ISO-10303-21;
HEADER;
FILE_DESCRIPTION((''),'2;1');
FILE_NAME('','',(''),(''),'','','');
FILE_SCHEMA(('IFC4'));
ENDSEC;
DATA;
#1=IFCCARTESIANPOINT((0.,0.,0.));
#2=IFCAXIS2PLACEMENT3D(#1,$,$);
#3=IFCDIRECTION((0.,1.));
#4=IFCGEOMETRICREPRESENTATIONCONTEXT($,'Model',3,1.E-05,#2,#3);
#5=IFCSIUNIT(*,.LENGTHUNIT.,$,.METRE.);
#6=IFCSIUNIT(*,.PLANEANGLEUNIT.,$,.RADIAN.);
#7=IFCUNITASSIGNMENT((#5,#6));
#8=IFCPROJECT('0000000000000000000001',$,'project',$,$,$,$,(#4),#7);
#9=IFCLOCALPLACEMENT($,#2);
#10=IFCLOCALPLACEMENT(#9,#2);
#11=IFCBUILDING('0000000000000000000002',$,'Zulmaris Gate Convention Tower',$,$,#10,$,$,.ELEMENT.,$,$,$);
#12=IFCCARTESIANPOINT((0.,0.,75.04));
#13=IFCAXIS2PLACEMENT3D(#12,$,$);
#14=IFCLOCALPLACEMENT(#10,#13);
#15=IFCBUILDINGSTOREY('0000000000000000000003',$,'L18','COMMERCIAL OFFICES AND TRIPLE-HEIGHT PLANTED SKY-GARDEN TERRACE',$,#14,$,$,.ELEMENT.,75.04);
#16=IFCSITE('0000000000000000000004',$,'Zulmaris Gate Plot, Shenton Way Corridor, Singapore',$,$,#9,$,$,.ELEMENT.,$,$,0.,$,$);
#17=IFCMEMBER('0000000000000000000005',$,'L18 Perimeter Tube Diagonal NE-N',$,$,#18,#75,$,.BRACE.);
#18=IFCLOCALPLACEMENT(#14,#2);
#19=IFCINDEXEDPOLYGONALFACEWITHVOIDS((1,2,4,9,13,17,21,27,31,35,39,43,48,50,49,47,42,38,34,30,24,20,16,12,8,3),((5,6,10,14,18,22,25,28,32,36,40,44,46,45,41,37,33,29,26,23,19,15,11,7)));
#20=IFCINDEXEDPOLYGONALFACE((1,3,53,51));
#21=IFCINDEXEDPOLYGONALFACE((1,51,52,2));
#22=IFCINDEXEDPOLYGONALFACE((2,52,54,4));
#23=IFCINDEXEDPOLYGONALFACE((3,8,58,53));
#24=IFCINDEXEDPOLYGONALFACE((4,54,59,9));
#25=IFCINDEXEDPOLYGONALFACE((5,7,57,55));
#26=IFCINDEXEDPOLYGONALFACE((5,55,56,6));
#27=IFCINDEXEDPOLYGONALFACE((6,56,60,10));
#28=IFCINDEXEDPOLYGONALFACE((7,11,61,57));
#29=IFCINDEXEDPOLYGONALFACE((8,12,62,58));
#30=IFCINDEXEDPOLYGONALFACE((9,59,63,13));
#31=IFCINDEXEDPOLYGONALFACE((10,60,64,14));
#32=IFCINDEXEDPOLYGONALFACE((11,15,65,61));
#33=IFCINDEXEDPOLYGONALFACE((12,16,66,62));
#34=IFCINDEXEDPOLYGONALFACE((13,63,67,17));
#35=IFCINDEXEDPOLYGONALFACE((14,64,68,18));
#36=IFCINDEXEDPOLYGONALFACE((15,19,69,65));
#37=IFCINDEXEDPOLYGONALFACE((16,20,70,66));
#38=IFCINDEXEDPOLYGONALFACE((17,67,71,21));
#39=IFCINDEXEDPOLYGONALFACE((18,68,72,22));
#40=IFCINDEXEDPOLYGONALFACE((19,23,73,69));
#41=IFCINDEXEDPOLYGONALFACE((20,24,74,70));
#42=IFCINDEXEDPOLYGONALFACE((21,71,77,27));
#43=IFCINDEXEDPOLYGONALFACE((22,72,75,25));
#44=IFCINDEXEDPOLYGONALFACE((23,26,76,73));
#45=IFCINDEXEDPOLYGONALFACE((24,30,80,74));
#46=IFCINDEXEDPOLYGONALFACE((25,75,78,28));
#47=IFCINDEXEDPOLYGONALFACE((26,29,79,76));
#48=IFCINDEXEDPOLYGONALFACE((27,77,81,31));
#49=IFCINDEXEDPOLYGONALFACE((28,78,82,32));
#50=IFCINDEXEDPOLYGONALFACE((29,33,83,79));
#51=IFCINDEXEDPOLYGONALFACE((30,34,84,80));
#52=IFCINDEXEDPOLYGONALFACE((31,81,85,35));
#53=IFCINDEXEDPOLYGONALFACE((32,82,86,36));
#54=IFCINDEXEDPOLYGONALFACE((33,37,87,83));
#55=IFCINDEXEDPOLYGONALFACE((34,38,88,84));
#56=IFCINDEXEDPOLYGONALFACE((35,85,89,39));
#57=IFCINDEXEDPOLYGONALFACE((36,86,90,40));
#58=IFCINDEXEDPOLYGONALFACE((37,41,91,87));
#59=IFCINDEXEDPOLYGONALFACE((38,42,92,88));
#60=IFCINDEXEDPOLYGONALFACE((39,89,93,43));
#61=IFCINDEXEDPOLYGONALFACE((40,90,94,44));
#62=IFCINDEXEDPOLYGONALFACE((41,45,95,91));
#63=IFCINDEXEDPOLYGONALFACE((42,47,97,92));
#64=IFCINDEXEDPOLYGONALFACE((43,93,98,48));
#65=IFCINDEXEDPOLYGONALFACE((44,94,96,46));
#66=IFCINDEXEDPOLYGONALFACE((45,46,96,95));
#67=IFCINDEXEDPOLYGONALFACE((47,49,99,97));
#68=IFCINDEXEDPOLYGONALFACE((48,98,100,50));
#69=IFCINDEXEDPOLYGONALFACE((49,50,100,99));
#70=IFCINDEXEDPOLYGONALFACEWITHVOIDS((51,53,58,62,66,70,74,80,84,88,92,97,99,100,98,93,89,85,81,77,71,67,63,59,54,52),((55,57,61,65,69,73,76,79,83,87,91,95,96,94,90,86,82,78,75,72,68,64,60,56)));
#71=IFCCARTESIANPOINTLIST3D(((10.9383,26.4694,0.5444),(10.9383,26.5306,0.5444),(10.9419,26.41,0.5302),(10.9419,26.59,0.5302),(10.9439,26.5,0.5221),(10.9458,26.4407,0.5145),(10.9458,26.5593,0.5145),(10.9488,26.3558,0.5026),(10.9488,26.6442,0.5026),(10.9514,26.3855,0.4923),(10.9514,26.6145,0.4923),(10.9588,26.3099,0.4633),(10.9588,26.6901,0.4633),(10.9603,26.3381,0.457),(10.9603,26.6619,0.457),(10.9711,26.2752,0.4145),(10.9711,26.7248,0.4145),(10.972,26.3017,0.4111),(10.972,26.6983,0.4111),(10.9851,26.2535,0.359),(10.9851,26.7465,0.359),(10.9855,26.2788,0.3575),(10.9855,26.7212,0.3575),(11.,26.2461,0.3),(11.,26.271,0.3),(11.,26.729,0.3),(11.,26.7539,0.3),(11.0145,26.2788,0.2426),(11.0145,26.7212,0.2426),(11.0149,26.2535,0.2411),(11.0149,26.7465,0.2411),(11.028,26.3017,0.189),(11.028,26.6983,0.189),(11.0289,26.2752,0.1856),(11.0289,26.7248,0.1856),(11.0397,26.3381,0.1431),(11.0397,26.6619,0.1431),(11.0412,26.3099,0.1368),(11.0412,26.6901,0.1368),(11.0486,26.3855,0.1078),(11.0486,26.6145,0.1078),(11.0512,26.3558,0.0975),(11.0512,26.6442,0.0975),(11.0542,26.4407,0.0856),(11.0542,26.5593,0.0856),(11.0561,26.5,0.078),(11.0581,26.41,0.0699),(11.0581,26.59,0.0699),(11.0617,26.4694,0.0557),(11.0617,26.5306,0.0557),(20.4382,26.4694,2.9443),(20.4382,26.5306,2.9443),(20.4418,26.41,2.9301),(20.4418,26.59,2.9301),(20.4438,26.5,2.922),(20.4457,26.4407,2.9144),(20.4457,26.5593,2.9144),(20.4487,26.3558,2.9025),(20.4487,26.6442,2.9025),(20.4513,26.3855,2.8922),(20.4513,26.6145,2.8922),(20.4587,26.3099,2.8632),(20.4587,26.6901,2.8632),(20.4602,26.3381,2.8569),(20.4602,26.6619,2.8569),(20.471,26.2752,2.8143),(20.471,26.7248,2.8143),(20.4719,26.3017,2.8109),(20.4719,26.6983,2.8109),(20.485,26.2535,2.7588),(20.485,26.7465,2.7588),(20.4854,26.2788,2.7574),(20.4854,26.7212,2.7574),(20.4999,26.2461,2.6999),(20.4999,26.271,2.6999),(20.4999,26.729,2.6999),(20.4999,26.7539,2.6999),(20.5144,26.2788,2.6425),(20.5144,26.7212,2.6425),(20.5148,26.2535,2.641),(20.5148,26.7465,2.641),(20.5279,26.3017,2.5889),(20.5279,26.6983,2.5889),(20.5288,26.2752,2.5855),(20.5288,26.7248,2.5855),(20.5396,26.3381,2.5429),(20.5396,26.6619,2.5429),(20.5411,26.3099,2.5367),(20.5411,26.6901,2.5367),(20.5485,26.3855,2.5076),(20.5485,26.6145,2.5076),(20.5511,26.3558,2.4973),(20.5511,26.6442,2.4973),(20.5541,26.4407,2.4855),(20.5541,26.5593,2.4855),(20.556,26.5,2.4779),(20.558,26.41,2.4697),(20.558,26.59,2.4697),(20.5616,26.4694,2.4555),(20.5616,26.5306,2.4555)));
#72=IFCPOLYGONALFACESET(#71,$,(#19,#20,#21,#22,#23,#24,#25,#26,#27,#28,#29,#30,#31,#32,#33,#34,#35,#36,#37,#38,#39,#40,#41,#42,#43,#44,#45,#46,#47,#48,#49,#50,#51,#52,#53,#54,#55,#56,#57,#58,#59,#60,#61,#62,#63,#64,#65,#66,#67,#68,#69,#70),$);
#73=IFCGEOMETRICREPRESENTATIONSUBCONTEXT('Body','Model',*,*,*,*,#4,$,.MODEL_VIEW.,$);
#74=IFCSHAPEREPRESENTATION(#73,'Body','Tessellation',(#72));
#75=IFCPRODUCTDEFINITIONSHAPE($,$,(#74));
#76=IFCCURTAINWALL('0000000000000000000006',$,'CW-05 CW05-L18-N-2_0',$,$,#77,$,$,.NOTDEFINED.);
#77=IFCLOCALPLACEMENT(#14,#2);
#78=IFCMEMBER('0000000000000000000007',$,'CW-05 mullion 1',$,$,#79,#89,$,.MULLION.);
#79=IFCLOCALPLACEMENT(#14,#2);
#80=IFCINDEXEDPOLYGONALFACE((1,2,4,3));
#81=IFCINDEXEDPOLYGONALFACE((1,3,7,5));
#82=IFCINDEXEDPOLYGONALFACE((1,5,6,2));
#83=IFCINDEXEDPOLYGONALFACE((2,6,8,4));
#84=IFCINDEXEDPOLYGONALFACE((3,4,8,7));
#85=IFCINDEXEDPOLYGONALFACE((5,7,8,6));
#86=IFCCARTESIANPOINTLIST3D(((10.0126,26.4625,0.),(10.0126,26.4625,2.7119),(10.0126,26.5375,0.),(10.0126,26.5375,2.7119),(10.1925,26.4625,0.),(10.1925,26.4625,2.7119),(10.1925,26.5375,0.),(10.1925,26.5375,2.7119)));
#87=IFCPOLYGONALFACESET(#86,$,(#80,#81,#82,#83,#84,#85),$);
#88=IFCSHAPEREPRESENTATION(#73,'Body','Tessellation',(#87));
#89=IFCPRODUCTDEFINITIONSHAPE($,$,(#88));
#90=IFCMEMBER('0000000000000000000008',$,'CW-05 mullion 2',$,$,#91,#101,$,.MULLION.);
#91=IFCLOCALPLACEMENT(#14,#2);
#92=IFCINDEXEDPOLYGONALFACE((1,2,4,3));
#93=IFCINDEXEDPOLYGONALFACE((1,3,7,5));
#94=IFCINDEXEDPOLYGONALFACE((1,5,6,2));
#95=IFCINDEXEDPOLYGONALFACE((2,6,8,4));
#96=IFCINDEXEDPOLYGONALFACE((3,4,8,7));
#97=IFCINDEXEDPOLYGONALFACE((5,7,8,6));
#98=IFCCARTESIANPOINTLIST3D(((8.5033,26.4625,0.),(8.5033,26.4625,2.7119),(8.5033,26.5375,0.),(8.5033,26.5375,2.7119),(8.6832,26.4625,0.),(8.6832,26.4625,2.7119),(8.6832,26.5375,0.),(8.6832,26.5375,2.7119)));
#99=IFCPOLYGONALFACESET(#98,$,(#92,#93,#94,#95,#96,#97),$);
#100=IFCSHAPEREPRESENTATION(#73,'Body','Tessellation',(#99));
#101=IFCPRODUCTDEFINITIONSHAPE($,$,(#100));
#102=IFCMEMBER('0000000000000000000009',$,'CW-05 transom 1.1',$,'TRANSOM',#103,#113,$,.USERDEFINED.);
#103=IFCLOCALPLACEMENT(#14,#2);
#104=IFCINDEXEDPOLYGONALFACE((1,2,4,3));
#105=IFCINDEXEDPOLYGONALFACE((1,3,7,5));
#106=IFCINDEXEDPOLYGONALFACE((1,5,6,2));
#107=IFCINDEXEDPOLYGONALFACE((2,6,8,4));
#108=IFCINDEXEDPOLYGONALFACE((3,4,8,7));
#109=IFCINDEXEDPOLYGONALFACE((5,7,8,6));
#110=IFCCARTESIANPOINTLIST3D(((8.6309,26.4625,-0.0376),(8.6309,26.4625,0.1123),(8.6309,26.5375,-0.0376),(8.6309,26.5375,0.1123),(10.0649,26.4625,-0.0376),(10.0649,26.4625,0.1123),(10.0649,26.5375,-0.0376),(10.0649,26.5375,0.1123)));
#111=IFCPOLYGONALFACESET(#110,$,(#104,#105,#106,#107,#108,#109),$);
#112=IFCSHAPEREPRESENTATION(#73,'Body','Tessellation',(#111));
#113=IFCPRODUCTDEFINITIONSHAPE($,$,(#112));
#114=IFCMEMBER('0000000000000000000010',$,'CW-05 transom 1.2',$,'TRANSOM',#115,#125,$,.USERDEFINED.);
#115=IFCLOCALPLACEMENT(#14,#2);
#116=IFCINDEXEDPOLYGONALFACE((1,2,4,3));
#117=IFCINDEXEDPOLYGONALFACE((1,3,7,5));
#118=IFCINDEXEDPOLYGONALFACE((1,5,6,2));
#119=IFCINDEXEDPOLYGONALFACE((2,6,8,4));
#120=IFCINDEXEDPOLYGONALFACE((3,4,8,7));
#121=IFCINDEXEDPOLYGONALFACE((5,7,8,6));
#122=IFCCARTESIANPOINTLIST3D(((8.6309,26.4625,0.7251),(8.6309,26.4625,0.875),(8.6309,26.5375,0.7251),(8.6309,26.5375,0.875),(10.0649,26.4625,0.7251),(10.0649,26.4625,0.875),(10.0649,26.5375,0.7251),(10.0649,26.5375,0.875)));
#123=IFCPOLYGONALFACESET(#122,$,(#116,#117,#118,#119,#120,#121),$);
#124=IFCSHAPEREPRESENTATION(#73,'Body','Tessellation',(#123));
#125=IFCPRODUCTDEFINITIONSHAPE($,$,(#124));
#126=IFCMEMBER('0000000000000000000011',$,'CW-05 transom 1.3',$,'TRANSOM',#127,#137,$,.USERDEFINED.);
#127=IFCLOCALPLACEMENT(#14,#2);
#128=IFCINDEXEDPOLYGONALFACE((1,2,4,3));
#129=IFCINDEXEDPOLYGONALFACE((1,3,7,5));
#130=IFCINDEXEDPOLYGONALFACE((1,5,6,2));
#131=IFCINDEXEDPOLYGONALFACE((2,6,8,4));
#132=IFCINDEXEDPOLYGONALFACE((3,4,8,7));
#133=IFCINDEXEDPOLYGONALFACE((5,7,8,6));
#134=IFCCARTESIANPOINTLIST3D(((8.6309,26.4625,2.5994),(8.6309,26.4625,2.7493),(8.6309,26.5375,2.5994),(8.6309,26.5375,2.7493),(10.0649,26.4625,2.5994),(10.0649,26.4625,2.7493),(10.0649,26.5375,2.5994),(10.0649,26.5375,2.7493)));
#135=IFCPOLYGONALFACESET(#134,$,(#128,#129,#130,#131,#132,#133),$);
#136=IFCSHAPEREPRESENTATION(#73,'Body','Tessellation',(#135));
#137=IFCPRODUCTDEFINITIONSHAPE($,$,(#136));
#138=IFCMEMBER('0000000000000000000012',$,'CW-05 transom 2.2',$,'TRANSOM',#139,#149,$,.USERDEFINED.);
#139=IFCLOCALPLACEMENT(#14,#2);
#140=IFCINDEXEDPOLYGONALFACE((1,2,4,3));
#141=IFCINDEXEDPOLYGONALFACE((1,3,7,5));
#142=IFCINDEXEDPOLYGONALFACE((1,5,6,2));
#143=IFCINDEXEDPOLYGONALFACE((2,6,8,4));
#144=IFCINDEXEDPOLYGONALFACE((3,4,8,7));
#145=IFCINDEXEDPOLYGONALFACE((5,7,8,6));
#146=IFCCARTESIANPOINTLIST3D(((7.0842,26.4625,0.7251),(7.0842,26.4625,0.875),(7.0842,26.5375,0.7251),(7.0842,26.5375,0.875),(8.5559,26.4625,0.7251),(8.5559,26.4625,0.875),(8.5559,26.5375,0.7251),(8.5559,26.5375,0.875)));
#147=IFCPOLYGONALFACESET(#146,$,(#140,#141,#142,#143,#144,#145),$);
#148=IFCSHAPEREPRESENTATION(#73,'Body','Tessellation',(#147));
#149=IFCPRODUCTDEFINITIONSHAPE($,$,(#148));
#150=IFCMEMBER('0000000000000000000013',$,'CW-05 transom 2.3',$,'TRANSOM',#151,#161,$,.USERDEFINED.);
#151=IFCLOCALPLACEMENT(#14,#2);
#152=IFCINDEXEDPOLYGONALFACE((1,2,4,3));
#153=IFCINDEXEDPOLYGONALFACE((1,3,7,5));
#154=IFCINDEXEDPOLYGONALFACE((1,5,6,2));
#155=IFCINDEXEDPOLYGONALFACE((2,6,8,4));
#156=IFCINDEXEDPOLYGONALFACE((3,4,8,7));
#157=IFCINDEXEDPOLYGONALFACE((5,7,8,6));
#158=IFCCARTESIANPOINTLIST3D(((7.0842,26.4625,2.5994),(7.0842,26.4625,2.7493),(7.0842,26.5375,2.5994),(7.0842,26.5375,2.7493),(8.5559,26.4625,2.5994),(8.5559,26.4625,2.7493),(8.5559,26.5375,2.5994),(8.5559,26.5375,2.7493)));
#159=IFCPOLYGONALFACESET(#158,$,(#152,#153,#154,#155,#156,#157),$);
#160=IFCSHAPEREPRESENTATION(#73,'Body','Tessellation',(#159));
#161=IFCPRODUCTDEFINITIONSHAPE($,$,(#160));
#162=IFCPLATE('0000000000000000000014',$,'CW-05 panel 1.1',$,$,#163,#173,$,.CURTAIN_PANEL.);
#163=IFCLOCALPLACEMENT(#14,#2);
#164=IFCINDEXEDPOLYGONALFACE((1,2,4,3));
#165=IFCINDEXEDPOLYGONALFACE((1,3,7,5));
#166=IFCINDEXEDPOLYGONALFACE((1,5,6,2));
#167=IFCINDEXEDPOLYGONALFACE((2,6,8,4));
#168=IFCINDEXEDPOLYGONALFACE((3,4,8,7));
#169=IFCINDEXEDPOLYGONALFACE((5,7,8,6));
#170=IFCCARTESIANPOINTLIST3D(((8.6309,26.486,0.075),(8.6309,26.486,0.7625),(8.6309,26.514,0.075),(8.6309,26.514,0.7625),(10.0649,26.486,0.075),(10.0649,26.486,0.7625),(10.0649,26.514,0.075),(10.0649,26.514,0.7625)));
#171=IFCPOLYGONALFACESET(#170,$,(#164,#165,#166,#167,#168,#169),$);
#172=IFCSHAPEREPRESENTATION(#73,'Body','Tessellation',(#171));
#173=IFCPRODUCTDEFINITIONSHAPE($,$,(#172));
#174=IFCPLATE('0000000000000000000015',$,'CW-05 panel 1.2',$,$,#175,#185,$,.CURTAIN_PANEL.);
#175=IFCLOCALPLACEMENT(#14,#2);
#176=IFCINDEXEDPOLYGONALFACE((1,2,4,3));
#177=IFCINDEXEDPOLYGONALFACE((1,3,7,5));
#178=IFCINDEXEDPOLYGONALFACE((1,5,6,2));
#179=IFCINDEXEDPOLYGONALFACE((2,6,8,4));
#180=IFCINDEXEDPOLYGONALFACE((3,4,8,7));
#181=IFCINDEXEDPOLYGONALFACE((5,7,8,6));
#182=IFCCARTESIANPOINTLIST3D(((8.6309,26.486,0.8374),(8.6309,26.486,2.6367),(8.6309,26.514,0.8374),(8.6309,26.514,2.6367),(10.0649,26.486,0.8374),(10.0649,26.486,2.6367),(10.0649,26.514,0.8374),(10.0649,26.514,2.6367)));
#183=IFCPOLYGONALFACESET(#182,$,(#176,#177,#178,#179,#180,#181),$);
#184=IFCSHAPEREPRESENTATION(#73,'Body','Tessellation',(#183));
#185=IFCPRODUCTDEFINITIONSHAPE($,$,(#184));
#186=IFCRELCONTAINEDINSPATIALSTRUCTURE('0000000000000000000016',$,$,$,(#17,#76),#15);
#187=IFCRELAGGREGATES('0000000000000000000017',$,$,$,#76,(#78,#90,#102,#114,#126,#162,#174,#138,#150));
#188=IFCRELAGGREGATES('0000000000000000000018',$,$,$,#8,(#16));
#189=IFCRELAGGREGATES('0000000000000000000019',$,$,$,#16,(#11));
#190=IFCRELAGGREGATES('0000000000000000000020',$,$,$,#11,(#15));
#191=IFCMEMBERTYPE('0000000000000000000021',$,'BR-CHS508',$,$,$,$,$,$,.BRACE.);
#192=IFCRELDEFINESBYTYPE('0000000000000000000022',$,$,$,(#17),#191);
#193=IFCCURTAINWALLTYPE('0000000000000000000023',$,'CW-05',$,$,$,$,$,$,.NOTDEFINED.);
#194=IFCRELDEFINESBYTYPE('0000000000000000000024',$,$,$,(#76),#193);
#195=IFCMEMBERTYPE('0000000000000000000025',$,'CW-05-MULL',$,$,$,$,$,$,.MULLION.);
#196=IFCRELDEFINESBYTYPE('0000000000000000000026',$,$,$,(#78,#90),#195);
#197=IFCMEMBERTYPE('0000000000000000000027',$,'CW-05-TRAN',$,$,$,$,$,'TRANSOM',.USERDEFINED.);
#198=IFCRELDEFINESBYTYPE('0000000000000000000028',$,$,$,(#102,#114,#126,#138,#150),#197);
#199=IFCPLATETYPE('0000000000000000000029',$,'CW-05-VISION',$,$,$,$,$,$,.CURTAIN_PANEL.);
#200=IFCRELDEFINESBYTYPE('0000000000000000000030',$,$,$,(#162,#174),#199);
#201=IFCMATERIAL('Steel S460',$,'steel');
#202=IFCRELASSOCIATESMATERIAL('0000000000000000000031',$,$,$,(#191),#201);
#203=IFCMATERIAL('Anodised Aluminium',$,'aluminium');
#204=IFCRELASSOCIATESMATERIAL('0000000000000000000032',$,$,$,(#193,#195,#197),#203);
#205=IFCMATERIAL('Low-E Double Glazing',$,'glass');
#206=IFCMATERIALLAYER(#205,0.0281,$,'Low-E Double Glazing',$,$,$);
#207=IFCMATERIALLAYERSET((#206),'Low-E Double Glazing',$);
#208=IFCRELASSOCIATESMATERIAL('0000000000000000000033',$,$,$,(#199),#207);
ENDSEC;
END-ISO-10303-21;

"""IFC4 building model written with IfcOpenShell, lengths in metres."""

from ifc_helpers import new_model, si_unit, direction, frame, origin, origin_2d, place, context, subcontext, project, spatial, rectangle, hollow_circle, extrude, material, layer, layer_set, material_profile, profile_set, type_object, element, aggregate, save


model = new_model("IFC4")

# Units and contexts
model_context = context("Model", 3, precision=1e-05, world=origin(), true_north=direction((0.0, 1.0)))
body_context = subcontext(model_context, "Body", "Model", "MODEL_VIEW")
ifc_project = project(units=[si_unit("LENGTHUNIT", "METRE"), si_unit("PLANEANGLEUNIT", "RADIAN")], contexts=[model_context])

# Site, building, storey
site_placement = place(None, origin())
site = spatial("IfcSite", under=ifc_project, at=site_placement, Name="Zulmaris Gate Plot, Shenton Way Corridor, Singapore", CompositionType="ELEMENT", RefElevation=0.0)
building_placement = place(site_placement, origin())
building = spatial("IfcBuilding", under=site, at=building_placement, Name="Zulmaris Gate Convention Tower", CompositionType="ELEMENT")
storey_placement = place(building_placement, frame((0.0, 0.0, 75.04)))
storey = spatial("IfcBuildingStorey", under=building, at=storey_placement, Name="L18", Description="COMMERCIAL OFFICES AND TRIPLE-HEIGHT PLANTED SKY-GARDEN TERRACE", CompositionType="ELEMENT", Elevation=75.04)

# Member
ifc_material_1 = material(Name="Steel S460", Category="steel")
ifc_material_profile_1 = material_profile(ifc_material_1, hollow_circle(Radius=0.2539, WallThickness=0.0249, at=origin_2d()), Name="CHS 508x25")
ifc_profile_set_1 = profile_set([ifc_material_profile_1], Name="Steel S460")
member_type_1 = type_object("IfcMemberType", Name="BR-CHS508", PredefinedType="BRACE", material=ifc_profile_set_1)
member_1_placement = place(storey_placement, frame((11.0, 26.5, 0.3), z_axis=(0.969542, 0.0, 0.244927), x_axis=(0.0, 1.0, 0.0)))
element("IfcMember", 1, at=member_1_placement, inside=storey, type_object=member_type_1, Name="L18 Perimeter Tube Diagonal NE-N", PredefinedType="BRACE", context=body_context, shape_type="SweptSolid", body=[
    extrude(hollow_circle(Radius=0.2539, WallThickness=0.0249, at=origin_2d()), origin(), (0.0, 0.0, 1.0), 9.7983),
])

# Curtain wall, members, plates
ifc_material_2 = material(Name="Anodised Aluminium", Category="aluminium")
curtain_wall_type = type_object("IfcCurtainWallType", Name="CW-05", PredefinedType="NOTDEFINED", material=ifc_material_2)
curtain_wall_placement = place(storey_placement, origin())
curtain_wall = element("IfcCurtainWall", 2, at=curtain_wall_placement, inside=storey, type_object=curtain_wall_type, Name="CW-05 CW05-L18-N-2_0", PredefinedType="NOTDEFINED")
ifc_material_profile_2 = material_profile(ifc_material_2, rectangle(XDim=0.075, YDim=0.1799, at=origin_2d()), Name="ALU MULLION 75x180")
ifc_profile_set_2 = profile_set([ifc_material_profile_2], Name="Anodised Aluminium")
member_type_2 = type_object("IfcMemberType", Name="CW-05-MULL", PredefinedType="MULLION", material=ifc_profile_set_2)
member_2_placement = place(storey_placement, frame((10.1025, 26.5, 0.0), z_axis=(0.0, 0.0, 1.0), x_axis=(0.0, -1.0, 0.0)))
member_2 = element("IfcMember", 3, at=member_2_placement, type_object=member_type_2, Name="CW-05 mullion 1", PredefinedType="MULLION", context=body_context, shape_type="SweptSolid", body=[
    extrude(rectangle(XDim=0.075, YDim=0.1799, at=origin_2d()), origin(), (0.0, 0.0, 1.0), 2.7119),
])
member_3_placement = place(storey_placement, frame((8.5933, 26.5, 0.0), z_axis=(0.0, 0.0, 1.0), x_axis=(0.0, -1.0, 0.0)))
member_3 = element("IfcMember", 4, at=member_3_placement, type_object=member_type_2, Name="CW-05 mullion 2", PredefinedType="MULLION", context=body_context, shape_type="SweptSolid", body=[
    extrude(rectangle(XDim=0.075, YDim=0.1799, at=origin_2d()), origin(), (0.0, 0.0, 1.0), 2.7119),
])
ifc_material_profile_3 = material_profile(ifc_material_2, rectangle(XDim=0.075, YDim=0.1499, at=origin_2d()), Name="ALU TRANSOM 75x150")
ifc_profile_set_3 = profile_set([ifc_material_profile_3], Name="Anodised Aluminium")
member_type_3 = type_object("IfcMemberType", Name="CW-05-TRAN", ElementType="TRANSOM", PredefinedType="USERDEFINED", material=ifc_profile_set_3)
member_4_placement = place(storey_placement, frame((10.0649, 26.5, 0.0374), z_axis=(-1.0, 0.0, 0.0), x_axis=(0.0, -1.0, 0.0)))
member_4 = element("IfcMember", 5, at=member_4_placement, type_object=member_type_3, Name="CW-05 transom 1.1", ObjectType="TRANSOM", PredefinedType="USERDEFINED", context=body_context, shape_type="SweptSolid", body=[
    extrude(rectangle(XDim=0.075, YDim=0.1499, at=origin_2d()), origin(), (0.0, 0.0, 1.0), 1.4341),
])
member_5_placement = place(storey_placement, frame((10.0649, 26.5, 0.8), z_axis=(-1.0, 0.0, 0.0), x_axis=(0.0, -1.0, 0.0)))
member_5 = element("IfcMember", 6, at=member_5_placement, type_object=member_type_3, Name="CW-05 transom 1.2", ObjectType="TRANSOM", PredefinedType="USERDEFINED", context=body_context, shape_type="SweptSolid", body=[
    extrude(rectangle(XDim=0.075, YDim=0.1499, at=origin_2d()), origin(), (0.0, 0.0, 1.0), 1.4341),
])
member_6_placement = place(storey_placement, frame((10.0649, 26.5, 2.6743), z_axis=(-1.0, 0.0, 0.0), x_axis=(0.0, -1.0, 0.0)))
member_6 = element("IfcMember", 7, at=member_6_placement, type_object=member_type_3, Name="CW-05 transom 1.3", ObjectType="TRANSOM", PredefinedType="USERDEFINED", context=body_context, shape_type="SweptSolid", body=[
    extrude(rectangle(XDim=0.075, YDim=0.1499, at=origin_2d()), origin(), (0.0, 0.0, 1.0), 1.4341),
])
member_7_placement = place(storey_placement, frame((8.5559, 26.5, 0.8), z_axis=(-1.0, 0.0, 0.0), x_axis=(0.0, -1.0, 0.0)))
member_7 = element("IfcMember", 8, at=member_7_placement, type_object=member_type_3, Name="CW-05 transom 2.2", ObjectType="TRANSOM", PredefinedType="USERDEFINED", context=body_context, shape_type="SweptSolid", body=[
    extrude(rectangle(XDim=0.075, YDim=0.1499, at=origin_2d()), origin(), (0.0, 0.0, 1.0), 1.4717),
])
member_8_placement = place(storey_placement, frame((8.5559, 26.5, 2.6743), z_axis=(-1.0, 0.0, 0.0), x_axis=(0.0, -1.0, 0.0)))
member_8 = element("IfcMember", 9, at=member_8_placement, type_object=member_type_3, Name="CW-05 transom 2.3", ObjectType="TRANSOM", PredefinedType="USERDEFINED", context=body_context, shape_type="SweptSolid", body=[
    extrude(rectangle(XDim=0.075, YDim=0.1499, at=origin_2d()), origin(), (0.0, 0.0, 1.0), 1.4717),
])
ifc_material_3 = material(Name="Low-E Double Glazing", Category="glass")
ifc_layer_1 = layer(ifc_material_3, 0.0281, Name="Low-E Double Glazing")
ifc_layer_set_1 = layer_set([ifc_layer_1], Name="Low-E Double Glazing")
plate_type_1 = type_object("IfcPlateType", Name="CW-05-VISION", PredefinedType="CURTAIN_PANEL", material=ifc_layer_set_1)
plate_1_placement = place(storey_placement, frame((9.3479, 26.5, 0.075), z_axis=(0.0, 0.0, 1.0), x_axis=(-1.0, 0.0, 0.0)))
plate_1 = element("IfcPlate", 10, at=plate_1_placement, type_object=plate_type_1, Name="CW-05 panel 1.1", PredefinedType="CURTAIN_PANEL", context=body_context, shape_type="SweptSolid", body=[
    extrude(rectangle(XDim=1.4341, YDim=0.0281, at=origin_2d()), origin(), (0.0, 0.0, 1.0), 0.6875),
])
plate_2_placement = place(storey_placement, frame((9.3479, 26.5, 0.8374), z_axis=(0.0, 0.0, 1.0), x_axis=(-1.0, 0.0, 0.0)))
plate_2 = element("IfcPlate", 11, at=plate_2_placement, type_object=plate_type_1, Name="CW-05 panel 1.2", PredefinedType="CURTAIN_PANEL", context=body_context, shape_type="SweptSolid", body=[
    extrude(rectangle(XDim=1.4341, YDim=0.0281, at=origin_2d()), origin(), (0.0, 0.0, 1.0), 1.7993),
])
aggregate(curtain_wall, [member_2, member_3, member_4, member_5, member_6, plate_1, plate_2, member_7, member_8])

save(model, "model.ifc")
